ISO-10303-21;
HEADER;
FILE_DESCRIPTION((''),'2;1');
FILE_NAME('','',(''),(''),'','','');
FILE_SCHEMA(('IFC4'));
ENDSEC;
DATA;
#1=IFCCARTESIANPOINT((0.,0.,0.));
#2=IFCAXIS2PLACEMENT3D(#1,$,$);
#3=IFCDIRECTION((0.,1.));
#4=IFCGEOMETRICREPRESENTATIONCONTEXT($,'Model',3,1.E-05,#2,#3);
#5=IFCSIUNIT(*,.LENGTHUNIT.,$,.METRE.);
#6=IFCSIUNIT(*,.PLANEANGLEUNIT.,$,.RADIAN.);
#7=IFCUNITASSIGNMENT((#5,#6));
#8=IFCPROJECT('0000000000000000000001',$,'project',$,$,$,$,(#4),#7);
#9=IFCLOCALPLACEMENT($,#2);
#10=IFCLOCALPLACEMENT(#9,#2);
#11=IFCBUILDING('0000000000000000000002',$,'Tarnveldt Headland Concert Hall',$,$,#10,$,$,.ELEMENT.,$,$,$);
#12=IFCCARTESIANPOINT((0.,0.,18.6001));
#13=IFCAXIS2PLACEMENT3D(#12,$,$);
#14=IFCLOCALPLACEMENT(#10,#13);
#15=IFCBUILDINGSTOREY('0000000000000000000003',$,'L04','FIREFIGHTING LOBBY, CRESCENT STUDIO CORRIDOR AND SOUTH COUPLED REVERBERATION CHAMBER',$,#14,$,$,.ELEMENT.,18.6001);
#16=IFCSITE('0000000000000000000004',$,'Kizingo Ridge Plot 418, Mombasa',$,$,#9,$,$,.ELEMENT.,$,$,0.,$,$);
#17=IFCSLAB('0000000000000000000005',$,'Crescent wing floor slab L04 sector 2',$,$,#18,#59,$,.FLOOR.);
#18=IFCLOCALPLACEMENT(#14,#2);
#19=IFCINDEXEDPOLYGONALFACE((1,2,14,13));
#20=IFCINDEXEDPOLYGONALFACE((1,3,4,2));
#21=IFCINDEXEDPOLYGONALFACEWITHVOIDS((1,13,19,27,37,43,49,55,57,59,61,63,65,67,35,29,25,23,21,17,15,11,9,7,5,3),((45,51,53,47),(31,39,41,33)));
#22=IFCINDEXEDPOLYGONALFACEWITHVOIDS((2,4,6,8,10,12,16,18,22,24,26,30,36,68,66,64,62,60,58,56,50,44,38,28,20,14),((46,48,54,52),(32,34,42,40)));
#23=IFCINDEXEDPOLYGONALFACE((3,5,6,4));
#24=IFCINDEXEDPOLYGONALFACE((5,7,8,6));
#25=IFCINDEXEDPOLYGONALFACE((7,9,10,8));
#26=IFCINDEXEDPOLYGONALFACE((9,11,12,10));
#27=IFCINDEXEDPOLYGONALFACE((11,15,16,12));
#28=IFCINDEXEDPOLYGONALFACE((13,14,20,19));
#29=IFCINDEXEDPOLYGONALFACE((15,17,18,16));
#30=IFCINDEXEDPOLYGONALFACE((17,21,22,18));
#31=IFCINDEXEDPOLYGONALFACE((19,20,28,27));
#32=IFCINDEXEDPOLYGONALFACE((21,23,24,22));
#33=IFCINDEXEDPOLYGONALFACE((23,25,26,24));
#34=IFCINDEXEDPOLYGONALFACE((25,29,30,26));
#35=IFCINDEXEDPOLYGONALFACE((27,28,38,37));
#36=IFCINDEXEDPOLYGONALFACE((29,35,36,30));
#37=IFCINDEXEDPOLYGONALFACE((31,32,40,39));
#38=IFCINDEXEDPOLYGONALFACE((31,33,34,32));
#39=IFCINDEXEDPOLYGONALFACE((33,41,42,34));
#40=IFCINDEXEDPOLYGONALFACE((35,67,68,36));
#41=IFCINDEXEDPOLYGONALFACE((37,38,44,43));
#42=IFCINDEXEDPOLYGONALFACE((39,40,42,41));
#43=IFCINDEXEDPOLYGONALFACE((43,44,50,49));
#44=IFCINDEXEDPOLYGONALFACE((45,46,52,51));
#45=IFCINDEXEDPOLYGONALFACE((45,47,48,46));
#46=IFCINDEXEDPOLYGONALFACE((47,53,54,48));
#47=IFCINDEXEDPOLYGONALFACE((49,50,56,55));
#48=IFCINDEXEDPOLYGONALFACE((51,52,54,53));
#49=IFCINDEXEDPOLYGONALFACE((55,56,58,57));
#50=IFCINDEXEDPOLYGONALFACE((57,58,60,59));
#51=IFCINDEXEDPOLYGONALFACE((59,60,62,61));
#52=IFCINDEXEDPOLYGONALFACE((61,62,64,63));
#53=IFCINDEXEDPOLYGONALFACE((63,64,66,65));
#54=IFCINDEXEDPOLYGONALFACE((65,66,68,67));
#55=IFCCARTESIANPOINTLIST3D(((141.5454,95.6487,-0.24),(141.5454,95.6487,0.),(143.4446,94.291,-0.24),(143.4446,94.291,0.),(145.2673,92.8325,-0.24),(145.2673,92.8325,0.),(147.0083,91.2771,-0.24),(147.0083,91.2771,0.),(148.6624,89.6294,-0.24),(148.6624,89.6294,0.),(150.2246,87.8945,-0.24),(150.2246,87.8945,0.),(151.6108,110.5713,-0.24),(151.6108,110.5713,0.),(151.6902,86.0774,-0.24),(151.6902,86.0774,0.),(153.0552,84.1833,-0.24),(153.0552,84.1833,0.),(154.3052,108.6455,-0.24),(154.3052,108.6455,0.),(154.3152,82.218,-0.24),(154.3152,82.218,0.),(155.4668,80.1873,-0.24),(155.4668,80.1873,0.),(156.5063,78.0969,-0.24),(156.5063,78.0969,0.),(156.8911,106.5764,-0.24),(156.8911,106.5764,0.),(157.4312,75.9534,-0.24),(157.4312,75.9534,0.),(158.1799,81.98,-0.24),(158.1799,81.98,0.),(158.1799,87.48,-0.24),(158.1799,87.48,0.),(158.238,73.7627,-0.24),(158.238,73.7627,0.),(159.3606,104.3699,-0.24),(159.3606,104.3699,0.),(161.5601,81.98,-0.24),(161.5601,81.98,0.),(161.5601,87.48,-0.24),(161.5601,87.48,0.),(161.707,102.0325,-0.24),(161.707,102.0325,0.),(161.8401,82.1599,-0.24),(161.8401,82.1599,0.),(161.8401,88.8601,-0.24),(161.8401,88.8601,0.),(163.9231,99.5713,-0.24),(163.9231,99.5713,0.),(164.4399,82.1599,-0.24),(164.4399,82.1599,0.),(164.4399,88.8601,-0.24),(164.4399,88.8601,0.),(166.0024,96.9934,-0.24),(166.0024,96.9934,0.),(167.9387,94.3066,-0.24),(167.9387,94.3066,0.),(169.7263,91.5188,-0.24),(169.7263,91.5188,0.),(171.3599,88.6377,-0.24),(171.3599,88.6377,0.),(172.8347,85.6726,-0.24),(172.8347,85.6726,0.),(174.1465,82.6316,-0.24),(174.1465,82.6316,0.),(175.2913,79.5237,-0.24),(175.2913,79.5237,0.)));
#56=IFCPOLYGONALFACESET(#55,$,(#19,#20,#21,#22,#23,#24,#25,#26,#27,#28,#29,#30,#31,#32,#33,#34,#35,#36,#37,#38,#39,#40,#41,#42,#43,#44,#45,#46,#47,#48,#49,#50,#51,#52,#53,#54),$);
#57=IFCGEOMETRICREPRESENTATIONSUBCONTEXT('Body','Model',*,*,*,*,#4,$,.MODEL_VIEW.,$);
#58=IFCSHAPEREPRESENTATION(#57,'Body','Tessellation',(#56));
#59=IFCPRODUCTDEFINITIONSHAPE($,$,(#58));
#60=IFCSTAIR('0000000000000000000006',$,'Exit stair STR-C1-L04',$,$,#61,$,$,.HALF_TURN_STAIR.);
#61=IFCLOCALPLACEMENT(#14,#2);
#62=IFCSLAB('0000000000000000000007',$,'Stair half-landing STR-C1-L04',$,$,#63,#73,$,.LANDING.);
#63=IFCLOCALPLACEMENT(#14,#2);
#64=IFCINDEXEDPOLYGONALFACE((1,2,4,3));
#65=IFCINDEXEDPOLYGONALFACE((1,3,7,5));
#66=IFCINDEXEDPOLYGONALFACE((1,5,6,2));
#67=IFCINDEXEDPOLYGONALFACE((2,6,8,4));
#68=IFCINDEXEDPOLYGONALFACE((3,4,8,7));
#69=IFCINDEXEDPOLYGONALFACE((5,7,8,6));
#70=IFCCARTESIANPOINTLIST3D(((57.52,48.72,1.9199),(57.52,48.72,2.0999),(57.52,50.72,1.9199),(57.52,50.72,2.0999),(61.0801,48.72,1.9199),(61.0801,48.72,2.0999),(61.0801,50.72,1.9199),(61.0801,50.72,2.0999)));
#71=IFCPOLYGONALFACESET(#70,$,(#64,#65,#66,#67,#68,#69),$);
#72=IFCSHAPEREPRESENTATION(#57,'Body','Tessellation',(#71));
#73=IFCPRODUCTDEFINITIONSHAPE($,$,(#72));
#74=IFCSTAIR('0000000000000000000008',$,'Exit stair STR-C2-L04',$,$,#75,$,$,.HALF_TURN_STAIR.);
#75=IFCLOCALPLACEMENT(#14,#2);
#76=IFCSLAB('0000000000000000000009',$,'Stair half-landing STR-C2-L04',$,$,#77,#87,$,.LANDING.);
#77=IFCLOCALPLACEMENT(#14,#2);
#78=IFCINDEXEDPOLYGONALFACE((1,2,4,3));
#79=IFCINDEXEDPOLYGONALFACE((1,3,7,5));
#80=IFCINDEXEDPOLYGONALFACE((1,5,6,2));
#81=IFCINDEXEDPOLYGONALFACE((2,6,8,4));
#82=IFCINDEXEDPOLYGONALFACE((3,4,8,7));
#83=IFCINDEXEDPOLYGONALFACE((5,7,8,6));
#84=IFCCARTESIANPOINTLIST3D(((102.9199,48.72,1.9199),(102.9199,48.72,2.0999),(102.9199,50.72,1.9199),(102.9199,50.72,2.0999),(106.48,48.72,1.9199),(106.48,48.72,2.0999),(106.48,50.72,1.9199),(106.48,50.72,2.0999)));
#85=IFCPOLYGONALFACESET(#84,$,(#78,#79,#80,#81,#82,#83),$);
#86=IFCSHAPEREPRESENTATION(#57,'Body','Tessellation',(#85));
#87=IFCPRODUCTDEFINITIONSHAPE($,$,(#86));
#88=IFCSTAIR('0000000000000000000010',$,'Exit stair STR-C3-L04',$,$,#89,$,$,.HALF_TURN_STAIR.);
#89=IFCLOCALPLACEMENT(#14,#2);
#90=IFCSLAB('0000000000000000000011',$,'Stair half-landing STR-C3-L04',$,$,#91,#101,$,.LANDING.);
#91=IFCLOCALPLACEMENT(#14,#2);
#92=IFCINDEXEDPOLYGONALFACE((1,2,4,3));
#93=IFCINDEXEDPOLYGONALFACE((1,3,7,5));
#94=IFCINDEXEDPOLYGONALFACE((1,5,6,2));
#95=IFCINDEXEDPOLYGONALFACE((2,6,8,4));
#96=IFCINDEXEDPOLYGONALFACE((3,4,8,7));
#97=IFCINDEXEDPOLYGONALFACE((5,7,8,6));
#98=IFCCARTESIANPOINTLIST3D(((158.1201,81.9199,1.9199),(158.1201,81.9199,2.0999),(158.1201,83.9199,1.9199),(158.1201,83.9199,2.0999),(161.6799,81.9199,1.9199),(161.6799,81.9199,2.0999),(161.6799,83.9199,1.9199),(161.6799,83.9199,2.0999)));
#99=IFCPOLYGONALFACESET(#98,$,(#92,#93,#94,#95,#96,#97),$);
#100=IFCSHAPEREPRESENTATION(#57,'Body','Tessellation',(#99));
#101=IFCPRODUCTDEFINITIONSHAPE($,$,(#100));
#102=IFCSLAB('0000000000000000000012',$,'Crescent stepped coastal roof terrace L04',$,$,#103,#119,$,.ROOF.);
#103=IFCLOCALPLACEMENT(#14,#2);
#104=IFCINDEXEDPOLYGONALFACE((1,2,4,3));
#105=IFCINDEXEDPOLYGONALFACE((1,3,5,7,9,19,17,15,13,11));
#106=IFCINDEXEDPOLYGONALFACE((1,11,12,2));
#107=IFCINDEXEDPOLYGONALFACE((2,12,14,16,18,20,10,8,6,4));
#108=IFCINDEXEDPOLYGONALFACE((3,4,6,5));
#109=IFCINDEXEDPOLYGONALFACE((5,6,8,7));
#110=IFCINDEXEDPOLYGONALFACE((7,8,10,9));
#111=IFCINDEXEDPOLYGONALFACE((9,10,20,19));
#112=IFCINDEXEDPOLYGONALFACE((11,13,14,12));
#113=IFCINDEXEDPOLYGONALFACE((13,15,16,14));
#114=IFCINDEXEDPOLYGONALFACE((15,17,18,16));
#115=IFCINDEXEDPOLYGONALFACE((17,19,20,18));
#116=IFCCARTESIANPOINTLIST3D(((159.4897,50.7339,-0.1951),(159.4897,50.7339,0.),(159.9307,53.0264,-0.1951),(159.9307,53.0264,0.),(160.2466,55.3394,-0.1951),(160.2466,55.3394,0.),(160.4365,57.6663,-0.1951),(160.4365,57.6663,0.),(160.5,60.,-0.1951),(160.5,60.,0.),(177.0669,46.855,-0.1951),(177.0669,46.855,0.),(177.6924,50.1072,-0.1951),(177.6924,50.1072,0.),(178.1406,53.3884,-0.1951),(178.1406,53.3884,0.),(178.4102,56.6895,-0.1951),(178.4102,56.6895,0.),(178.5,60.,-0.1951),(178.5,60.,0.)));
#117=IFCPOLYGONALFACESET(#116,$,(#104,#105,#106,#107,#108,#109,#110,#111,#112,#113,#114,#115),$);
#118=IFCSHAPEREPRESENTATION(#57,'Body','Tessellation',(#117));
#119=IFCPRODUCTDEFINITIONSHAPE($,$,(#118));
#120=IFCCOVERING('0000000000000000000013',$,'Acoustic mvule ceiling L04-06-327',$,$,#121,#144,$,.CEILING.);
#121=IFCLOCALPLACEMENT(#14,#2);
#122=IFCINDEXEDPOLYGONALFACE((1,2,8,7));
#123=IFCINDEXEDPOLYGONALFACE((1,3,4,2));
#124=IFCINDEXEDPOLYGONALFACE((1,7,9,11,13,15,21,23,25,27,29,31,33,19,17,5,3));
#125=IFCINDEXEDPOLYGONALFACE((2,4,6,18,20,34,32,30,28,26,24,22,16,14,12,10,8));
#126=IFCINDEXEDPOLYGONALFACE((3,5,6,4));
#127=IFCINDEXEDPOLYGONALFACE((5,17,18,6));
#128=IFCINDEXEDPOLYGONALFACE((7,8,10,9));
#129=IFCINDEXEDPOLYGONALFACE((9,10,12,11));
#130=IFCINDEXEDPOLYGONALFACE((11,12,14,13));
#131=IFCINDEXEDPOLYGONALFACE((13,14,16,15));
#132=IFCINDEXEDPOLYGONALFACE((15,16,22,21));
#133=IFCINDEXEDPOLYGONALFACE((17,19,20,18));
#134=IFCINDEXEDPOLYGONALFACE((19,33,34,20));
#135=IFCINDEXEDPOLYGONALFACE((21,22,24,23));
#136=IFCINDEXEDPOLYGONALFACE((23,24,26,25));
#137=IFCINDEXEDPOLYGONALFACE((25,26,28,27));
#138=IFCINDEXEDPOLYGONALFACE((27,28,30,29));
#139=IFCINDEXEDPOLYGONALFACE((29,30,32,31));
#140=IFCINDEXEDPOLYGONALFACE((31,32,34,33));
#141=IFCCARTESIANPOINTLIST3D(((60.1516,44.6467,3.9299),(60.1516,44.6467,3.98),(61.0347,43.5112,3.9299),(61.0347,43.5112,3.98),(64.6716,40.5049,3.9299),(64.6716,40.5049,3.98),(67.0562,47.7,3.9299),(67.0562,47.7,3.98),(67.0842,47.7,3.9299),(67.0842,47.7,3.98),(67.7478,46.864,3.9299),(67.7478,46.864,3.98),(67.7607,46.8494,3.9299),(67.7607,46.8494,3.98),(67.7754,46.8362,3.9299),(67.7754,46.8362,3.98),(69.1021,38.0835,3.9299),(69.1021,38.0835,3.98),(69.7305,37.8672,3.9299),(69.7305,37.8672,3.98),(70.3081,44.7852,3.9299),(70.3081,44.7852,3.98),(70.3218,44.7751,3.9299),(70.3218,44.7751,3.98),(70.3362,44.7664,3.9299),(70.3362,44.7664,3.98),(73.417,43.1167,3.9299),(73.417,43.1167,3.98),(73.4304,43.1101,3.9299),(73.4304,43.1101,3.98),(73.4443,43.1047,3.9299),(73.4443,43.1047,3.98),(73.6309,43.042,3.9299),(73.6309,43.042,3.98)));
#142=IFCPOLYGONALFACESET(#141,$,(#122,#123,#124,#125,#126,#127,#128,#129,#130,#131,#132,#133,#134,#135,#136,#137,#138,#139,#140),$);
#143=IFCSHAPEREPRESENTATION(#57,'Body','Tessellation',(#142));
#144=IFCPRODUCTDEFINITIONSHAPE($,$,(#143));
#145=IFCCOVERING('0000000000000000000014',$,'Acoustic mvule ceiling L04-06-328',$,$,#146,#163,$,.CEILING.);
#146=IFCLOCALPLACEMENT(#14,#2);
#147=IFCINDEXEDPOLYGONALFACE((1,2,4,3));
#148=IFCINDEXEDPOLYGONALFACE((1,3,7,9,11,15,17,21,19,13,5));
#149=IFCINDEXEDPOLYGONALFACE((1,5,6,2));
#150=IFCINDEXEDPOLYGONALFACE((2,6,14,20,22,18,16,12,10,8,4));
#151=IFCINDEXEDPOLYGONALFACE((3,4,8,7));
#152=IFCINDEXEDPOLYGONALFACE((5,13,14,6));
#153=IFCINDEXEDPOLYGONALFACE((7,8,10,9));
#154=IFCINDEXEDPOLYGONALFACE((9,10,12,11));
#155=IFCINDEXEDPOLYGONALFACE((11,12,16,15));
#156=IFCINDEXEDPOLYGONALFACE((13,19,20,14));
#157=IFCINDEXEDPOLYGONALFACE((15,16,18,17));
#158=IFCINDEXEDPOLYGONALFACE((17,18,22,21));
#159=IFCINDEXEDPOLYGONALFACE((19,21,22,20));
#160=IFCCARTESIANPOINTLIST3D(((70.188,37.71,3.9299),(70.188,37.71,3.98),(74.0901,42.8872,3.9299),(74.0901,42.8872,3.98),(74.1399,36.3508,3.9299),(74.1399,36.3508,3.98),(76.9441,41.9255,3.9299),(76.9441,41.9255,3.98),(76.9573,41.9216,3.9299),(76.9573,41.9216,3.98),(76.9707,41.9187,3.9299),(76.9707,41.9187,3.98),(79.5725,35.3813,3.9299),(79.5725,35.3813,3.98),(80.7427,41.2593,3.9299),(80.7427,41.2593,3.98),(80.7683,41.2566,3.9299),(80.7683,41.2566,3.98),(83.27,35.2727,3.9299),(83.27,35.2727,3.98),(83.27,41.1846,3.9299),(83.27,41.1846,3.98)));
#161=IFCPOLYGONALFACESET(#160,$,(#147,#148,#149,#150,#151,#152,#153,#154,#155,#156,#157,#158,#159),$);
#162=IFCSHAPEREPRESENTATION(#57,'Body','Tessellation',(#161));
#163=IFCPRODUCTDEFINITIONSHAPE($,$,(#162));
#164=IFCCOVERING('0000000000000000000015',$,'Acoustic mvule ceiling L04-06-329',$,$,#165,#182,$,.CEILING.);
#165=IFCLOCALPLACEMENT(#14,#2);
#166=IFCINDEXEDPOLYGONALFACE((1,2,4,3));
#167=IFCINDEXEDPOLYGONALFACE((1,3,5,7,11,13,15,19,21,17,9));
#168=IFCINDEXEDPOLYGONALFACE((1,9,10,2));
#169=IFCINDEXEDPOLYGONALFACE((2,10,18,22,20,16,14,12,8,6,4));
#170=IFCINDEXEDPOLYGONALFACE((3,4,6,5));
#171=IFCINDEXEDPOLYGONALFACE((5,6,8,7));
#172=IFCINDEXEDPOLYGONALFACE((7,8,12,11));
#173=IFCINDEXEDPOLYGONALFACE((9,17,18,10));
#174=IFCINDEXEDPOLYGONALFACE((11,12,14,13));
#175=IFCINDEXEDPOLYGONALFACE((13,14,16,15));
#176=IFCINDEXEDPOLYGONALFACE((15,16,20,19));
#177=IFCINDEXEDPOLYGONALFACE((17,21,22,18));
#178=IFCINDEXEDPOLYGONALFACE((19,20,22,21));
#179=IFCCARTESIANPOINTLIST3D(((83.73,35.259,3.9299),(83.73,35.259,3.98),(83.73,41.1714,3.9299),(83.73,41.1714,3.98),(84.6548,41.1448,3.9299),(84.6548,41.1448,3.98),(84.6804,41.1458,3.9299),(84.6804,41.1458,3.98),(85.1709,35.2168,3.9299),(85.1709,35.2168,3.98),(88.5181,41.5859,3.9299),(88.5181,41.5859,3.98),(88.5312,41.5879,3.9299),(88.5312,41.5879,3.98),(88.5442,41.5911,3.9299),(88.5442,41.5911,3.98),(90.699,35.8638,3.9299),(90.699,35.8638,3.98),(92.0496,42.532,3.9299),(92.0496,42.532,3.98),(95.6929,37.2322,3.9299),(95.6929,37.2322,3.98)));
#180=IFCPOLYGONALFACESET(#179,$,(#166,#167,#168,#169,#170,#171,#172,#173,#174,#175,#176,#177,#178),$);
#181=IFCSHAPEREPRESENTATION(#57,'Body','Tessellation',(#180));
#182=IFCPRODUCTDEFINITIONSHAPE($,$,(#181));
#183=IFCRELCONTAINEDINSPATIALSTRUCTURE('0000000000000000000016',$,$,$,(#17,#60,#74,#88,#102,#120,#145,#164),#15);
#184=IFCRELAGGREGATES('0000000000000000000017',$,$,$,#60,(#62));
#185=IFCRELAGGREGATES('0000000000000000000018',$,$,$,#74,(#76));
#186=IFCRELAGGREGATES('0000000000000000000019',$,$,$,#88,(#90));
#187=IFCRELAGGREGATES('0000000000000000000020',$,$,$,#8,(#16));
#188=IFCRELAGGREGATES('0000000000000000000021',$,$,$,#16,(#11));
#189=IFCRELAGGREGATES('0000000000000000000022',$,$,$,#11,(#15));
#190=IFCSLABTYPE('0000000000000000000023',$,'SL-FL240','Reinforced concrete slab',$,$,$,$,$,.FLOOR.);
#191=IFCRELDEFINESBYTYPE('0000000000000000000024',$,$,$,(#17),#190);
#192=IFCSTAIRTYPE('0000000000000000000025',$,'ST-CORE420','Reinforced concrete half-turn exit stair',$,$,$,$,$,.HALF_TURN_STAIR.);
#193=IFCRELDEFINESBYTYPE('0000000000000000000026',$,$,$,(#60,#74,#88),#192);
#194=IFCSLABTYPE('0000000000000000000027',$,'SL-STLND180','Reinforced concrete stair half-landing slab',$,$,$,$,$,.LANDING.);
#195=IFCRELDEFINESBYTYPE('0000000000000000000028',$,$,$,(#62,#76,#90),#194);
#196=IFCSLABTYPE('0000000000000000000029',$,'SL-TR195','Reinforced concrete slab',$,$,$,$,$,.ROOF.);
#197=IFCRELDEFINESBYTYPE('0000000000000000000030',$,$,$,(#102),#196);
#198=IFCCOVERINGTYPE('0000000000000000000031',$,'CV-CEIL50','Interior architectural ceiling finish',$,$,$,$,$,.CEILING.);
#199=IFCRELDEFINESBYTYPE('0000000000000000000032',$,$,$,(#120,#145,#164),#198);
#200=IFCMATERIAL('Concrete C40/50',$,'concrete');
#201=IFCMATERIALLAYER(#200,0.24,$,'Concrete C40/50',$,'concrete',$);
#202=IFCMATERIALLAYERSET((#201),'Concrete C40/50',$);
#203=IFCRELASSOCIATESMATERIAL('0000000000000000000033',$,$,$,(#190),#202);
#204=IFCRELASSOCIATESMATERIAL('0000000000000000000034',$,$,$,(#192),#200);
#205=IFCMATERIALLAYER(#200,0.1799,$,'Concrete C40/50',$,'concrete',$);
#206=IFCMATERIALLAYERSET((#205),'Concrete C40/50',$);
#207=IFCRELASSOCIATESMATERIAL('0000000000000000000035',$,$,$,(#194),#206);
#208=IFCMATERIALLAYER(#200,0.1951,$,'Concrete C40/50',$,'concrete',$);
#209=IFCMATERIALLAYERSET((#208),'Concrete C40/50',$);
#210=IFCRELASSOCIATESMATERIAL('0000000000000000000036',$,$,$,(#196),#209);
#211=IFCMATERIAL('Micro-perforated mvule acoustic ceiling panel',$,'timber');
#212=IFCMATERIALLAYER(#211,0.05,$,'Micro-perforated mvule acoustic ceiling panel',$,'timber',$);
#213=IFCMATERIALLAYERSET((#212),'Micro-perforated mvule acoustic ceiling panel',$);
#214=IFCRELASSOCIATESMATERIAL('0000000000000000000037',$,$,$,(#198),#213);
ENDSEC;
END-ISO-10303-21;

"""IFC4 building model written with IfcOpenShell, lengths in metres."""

from ifc_helpers import new_model, si_unit, direction, frame, origin, place, context, subcontext, project, spatial, polyline, outline, extrude, material, layer, layer_set, type_object, element, aggregate, save


model = new_model("IFC4")

# Units and contexts
model_context = context("Model", 3, precision=1e-05, world=origin(), true_north=direction((0.0, 1.0)))
body_context = subcontext(model_context, "Body", "Model", "MODEL_VIEW")
ifc_project = project(units=[si_unit("LENGTHUNIT", "METRE"), si_unit("PLANEANGLEUNIT", "RADIAN")], contexts=[model_context])

# Site, building, storey
site_placement = place(None, origin())
site = spatial("IfcSite", under=ifc_project, at=site_placement, Name="Kizingo Ridge Plot 418, Mombasa", CompositionType="ELEMENT", RefElevation=0.0)
building_placement = place(site_placement, origin())
building = spatial("IfcBuilding", under=site, at=building_placement, Name="Tarnveldt Headland Concert Hall", CompositionType="ELEMENT")
storey_placement = place(building_placement, frame((0.0, 0.0, 18.6001)))
storey = spatial("IfcBuildingStorey", under=building, at=storey_placement, Name="L04", Description="FIREFIGHTING LOBBY, CRESCENT STUDIO CORRIDOR AND SOUTH COUPLED REVERBERATION CHAMBER", CompositionType="ELEMENT", Elevation=18.6001)

# Slab
ifc_material_1 = material(Name="Concrete C40/50", Category="concrete")
ifc_layer_1 = layer(ifc_material_1, 0.24, Name="Concrete C40/50", Category="concrete")
ifc_layer_set_1 = layer_set([ifc_layer_1], Name="Concrete C40/50")
slab_type_1 = type_object("IfcSlabType", Name="SL-FL240", Description="Reinforced concrete slab", PredefinedType="FLOOR", material=ifc_layer_set_1)
slab_1_placement = place(storey_placement, frame((0.0, 0.0, -0.24)))
element("IfcSlab", 1, at=slab_1_placement, inside=storey, type_object=slab_type_1, Name="Crescent wing floor slab L04 sector 2", PredefinedType="FLOOR", context=body_context, shape_type="SweptSolid", body=[
    extrude(outline(polyline([(157.4312, 75.9534), (158.238, 73.7627), (175.2913, 79.5237), (174.1465, 82.6316), (172.8347, 85.6726), (171.3599, 88.6377), (169.7263, 91.5188), (167.9387, 94.3066), (166.0024, 96.9934), (163.9231, 99.5713), (161.707, 102.0325), (159.3606, 104.3699), (156.8911, 106.5764), (154.3052, 108.6455), (151.6108, 110.5713), (141.5454, 95.6487), (143.4446, 94.291), (145.2673, 92.8325), (147.0083, 91.2771), (148.6624, 89.6294), (150.2246, 87.8945), (151.6902, 86.0774), (153.0552, 84.1833), (154.3152, 82.218), (155.4668, 80.1873), (156.5063, 78.0969), (157.4312, 75.9534)]), holes=[polyline([(158.1799, 87.48), (161.5601, 87.48), (161.5601, 81.98), (158.1799, 81.98), (158.1799, 87.48)]), polyline([(164.4399, 88.8601), (164.4399, 82.1599), (161.8401, 82.1599), (161.8401, 88.8601), (164.4399, 88.8601)])]), origin(), (0.0, 0.0, 1.0), 0.24),
])

# Stairs, slabs
stair_type = type_object("IfcStairType", Name="ST-CORE420", Description="Reinforced concrete half-turn exit stair", PredefinedType="HALF_TURN_STAIR", material=ifc_material_1)
stair_1_placement = place(storey_placement, origin())
stair_1 = element("IfcStair", 2, at=stair_1_placement, inside=storey, type_object=stair_type, Name="Exit stair STR-C1-L04", PredefinedType="HALF_TURN_STAIR")
ifc_layer_2 = layer(ifc_material_1, 0.1799, Name="Concrete C40/50", Category="concrete")
ifc_layer_set_2 = layer_set([ifc_layer_2], Name="Concrete C40/50")
slab_type_2 = type_object("IfcSlabType", Name="SL-STLND180", Description="Reinforced concrete stair half-landing slab", PredefinedType="LANDING", material=ifc_layer_set_2)
slab_2_placement = place(storey_placement, frame((0.0, 0.0, 1.9199)))
slab_2 = element("IfcSlab", 3, at=slab_2_placement, type_object=slab_type_2, Name="Stair half-landing STR-C1-L04", PredefinedType="LANDING", context=body_context, shape_type="SweptSolid", body=[
    extrude(outline(polyline([(57.52, 48.72), (61.0801, 48.72), (61.0801, 50.72), (57.52, 50.72), (57.52, 48.72)])), origin(), (0.0, 0.0, 1.0), 0.1799),
])
aggregate(stair_1, [slab_2])
stair_2_placement = place(storey_placement, origin())
stair_2 = element("IfcStair", 4, at=stair_2_placement, inside=storey, type_object=stair_type, Name="Exit stair STR-C2-L04", PredefinedType="HALF_TURN_STAIR")
slab_3_placement = place(storey_placement, frame((0.0, 0.0, 1.9199)))
slab_3 = element("IfcSlab", 5, at=slab_3_placement, type_object=slab_type_2, Name="Stair half-landing STR-C2-L04", PredefinedType="LANDING", context=body_context, shape_type="SweptSolid", body=[
    extrude(outline(polyline([(102.9199, 48.72), (106.48, 48.72), (106.48, 50.72), (102.9199, 50.72), (102.9199, 48.72)])), origin(), (0.0, 0.0, 1.0), 0.1799),
])
aggregate(stair_2, [slab_3])
stair_3_placement = place(storey_placement, origin())
stair_3 = element("IfcStair", 6, at=stair_3_placement, inside=storey, type_object=stair_type, Name="Exit stair STR-C3-L04", PredefinedType="HALF_TURN_STAIR")
slab_4_placement = place(storey_placement, frame((0.0, 0.0, 1.9199)))
slab_4 = element("IfcSlab", 7, at=slab_4_placement, type_object=slab_type_2, Name="Stair half-landing STR-C3-L04", PredefinedType="LANDING", context=body_context, shape_type="SweptSolid", body=[
    extrude(outline(polyline([(158.1201, 81.9199), (161.6799, 81.9199), (161.6799, 83.9199), (158.1201, 83.9199), (158.1201, 81.9199)])), origin(), (0.0, 0.0, 1.0), 0.1799),
])
aggregate(stair_3, [slab_4])

# Slab
ifc_layer_3 = layer(ifc_material_1, 0.1951, Name="Concrete C40/50", Category="concrete")
ifc_layer_set_3 = layer_set([ifc_layer_3], Name="Concrete C40/50")
slab_type_3 = type_object("IfcSlabType", Name="SL-TR195", Description="Reinforced concrete slab", PredefinedType="ROOF", material=ifc_layer_set_3)
slab_5_placement = place(storey_placement, frame((0.0, 0.0, -0.1951)))
element("IfcSlab", 8, at=slab_5_placement, inside=storey, type_object=slab_type_3, Name="Crescent stepped coastal roof terrace L04", PredefinedType="ROOF", context=body_context, shape_type="SweptSolid", body=[
    extrude(outline(polyline([(177.0669, 46.855), (177.6924, 50.1072), (178.1406, 53.3884), (178.4102, 56.6895), (178.5, 60.0), (160.5, 60.0), (160.4365, 57.6663), (160.2466, 55.3394), (159.9307, 53.0264), (159.4897, 50.7339), (177.0669, 46.855)])), origin(), (0.0, 0.0, 1.0), 0.1951),
])

# Coverings
ifc_material_2 = material(Name="Micro-perforated mvule acoustic ceiling panel", Category="timber")
ifc_layer_4 = layer(ifc_material_2, 0.05, Name="Micro-perforated mvule acoustic ceiling panel", Category="timber")
ifc_layer_set_4 = layer_set([ifc_layer_4], Name="Micro-perforated mvule acoustic ceiling panel")
covering_type_1 = type_object("IfcCoveringType", Name="CV-CEIL50", Description="Interior architectural ceiling finish", PredefinedType="CEILING", material=ifc_layer_set_4)
covering_1_placement = place(storey_placement, frame((0.0, 0.0, 3.9299)))
element("IfcCovering", 9, at=covering_1_placement, inside=storey, type_object=covering_type_1, Name="Acoustic mvule ceiling L04-06-327", PredefinedType="CEILING", context=body_context, shape_type="SweptSolid", body=[
    extrude(outline(polyline([(67.7754, 46.8362), (70.3081, 44.7852), (70.3218, 44.7751), (70.3362, 44.7664), (73.417, 43.1167), (73.4304, 43.1101), (73.4443, 43.1047), (73.6309, 43.042), (69.7305, 37.8672), (69.1021, 38.0835), (64.6716, 40.5049), (61.0347, 43.5112), (60.1516, 44.6467), (67.0562, 47.7), (67.0842, 47.7), (67.7478, 46.864), (67.7607, 46.8494), (67.7754, 46.8362)])), origin(), (0.0, 0.0, 1.0), 0.05),
])
covering_2_placement = place(storey_placement, frame((0.0, 0.0, 3.9299)))
element("IfcCovering", 10, at=covering_2_placement, inside=storey, type_object=covering_type_1, Name="Acoustic mvule ceiling L04-06-328", PredefinedType="CEILING", context=body_context, shape_type="SweptSolid", body=[
    extrude(outline(polyline([(76.9707, 41.9187), (80.7427, 41.2593), (80.7683, 41.2566), (83.27, 41.1846), (83.27, 35.2727), (79.5725, 35.3813), (74.1399, 36.3508), (70.188, 37.71), (74.0901, 42.8872), (76.9441, 41.9255), (76.9573, 41.9216), (76.9707, 41.9187)])), origin(), (0.0, 0.0, 1.0), 0.05),
])
covering_3_placement = place(storey_placement, frame((0.0, 0.0, 3.9299)))
element("IfcCovering", 11, at=covering_3_placement, inside=storey, type_object=covering_type_1, Name="Acoustic mvule ceiling L04-06-329", PredefinedType="CEILING", context=body_context, shape_type="SweptSolid", body=[
    extrude(outline(polyline([(84.6804, 41.1458), (88.5181, 41.5859), (88.5312, 41.5879), (88.5442, 41.5911), (92.0496, 42.532), (95.6929, 37.2322), (90.699, 35.8638), (85.1709, 35.2168), (83.73, 35.259), (83.73, 41.1714), (84.6548, 41.1448), (84.6804, 41.1458)])), origin(), (0.0, 0.0, 1.0), 0.05),
])

save(model, "model.ifc")
